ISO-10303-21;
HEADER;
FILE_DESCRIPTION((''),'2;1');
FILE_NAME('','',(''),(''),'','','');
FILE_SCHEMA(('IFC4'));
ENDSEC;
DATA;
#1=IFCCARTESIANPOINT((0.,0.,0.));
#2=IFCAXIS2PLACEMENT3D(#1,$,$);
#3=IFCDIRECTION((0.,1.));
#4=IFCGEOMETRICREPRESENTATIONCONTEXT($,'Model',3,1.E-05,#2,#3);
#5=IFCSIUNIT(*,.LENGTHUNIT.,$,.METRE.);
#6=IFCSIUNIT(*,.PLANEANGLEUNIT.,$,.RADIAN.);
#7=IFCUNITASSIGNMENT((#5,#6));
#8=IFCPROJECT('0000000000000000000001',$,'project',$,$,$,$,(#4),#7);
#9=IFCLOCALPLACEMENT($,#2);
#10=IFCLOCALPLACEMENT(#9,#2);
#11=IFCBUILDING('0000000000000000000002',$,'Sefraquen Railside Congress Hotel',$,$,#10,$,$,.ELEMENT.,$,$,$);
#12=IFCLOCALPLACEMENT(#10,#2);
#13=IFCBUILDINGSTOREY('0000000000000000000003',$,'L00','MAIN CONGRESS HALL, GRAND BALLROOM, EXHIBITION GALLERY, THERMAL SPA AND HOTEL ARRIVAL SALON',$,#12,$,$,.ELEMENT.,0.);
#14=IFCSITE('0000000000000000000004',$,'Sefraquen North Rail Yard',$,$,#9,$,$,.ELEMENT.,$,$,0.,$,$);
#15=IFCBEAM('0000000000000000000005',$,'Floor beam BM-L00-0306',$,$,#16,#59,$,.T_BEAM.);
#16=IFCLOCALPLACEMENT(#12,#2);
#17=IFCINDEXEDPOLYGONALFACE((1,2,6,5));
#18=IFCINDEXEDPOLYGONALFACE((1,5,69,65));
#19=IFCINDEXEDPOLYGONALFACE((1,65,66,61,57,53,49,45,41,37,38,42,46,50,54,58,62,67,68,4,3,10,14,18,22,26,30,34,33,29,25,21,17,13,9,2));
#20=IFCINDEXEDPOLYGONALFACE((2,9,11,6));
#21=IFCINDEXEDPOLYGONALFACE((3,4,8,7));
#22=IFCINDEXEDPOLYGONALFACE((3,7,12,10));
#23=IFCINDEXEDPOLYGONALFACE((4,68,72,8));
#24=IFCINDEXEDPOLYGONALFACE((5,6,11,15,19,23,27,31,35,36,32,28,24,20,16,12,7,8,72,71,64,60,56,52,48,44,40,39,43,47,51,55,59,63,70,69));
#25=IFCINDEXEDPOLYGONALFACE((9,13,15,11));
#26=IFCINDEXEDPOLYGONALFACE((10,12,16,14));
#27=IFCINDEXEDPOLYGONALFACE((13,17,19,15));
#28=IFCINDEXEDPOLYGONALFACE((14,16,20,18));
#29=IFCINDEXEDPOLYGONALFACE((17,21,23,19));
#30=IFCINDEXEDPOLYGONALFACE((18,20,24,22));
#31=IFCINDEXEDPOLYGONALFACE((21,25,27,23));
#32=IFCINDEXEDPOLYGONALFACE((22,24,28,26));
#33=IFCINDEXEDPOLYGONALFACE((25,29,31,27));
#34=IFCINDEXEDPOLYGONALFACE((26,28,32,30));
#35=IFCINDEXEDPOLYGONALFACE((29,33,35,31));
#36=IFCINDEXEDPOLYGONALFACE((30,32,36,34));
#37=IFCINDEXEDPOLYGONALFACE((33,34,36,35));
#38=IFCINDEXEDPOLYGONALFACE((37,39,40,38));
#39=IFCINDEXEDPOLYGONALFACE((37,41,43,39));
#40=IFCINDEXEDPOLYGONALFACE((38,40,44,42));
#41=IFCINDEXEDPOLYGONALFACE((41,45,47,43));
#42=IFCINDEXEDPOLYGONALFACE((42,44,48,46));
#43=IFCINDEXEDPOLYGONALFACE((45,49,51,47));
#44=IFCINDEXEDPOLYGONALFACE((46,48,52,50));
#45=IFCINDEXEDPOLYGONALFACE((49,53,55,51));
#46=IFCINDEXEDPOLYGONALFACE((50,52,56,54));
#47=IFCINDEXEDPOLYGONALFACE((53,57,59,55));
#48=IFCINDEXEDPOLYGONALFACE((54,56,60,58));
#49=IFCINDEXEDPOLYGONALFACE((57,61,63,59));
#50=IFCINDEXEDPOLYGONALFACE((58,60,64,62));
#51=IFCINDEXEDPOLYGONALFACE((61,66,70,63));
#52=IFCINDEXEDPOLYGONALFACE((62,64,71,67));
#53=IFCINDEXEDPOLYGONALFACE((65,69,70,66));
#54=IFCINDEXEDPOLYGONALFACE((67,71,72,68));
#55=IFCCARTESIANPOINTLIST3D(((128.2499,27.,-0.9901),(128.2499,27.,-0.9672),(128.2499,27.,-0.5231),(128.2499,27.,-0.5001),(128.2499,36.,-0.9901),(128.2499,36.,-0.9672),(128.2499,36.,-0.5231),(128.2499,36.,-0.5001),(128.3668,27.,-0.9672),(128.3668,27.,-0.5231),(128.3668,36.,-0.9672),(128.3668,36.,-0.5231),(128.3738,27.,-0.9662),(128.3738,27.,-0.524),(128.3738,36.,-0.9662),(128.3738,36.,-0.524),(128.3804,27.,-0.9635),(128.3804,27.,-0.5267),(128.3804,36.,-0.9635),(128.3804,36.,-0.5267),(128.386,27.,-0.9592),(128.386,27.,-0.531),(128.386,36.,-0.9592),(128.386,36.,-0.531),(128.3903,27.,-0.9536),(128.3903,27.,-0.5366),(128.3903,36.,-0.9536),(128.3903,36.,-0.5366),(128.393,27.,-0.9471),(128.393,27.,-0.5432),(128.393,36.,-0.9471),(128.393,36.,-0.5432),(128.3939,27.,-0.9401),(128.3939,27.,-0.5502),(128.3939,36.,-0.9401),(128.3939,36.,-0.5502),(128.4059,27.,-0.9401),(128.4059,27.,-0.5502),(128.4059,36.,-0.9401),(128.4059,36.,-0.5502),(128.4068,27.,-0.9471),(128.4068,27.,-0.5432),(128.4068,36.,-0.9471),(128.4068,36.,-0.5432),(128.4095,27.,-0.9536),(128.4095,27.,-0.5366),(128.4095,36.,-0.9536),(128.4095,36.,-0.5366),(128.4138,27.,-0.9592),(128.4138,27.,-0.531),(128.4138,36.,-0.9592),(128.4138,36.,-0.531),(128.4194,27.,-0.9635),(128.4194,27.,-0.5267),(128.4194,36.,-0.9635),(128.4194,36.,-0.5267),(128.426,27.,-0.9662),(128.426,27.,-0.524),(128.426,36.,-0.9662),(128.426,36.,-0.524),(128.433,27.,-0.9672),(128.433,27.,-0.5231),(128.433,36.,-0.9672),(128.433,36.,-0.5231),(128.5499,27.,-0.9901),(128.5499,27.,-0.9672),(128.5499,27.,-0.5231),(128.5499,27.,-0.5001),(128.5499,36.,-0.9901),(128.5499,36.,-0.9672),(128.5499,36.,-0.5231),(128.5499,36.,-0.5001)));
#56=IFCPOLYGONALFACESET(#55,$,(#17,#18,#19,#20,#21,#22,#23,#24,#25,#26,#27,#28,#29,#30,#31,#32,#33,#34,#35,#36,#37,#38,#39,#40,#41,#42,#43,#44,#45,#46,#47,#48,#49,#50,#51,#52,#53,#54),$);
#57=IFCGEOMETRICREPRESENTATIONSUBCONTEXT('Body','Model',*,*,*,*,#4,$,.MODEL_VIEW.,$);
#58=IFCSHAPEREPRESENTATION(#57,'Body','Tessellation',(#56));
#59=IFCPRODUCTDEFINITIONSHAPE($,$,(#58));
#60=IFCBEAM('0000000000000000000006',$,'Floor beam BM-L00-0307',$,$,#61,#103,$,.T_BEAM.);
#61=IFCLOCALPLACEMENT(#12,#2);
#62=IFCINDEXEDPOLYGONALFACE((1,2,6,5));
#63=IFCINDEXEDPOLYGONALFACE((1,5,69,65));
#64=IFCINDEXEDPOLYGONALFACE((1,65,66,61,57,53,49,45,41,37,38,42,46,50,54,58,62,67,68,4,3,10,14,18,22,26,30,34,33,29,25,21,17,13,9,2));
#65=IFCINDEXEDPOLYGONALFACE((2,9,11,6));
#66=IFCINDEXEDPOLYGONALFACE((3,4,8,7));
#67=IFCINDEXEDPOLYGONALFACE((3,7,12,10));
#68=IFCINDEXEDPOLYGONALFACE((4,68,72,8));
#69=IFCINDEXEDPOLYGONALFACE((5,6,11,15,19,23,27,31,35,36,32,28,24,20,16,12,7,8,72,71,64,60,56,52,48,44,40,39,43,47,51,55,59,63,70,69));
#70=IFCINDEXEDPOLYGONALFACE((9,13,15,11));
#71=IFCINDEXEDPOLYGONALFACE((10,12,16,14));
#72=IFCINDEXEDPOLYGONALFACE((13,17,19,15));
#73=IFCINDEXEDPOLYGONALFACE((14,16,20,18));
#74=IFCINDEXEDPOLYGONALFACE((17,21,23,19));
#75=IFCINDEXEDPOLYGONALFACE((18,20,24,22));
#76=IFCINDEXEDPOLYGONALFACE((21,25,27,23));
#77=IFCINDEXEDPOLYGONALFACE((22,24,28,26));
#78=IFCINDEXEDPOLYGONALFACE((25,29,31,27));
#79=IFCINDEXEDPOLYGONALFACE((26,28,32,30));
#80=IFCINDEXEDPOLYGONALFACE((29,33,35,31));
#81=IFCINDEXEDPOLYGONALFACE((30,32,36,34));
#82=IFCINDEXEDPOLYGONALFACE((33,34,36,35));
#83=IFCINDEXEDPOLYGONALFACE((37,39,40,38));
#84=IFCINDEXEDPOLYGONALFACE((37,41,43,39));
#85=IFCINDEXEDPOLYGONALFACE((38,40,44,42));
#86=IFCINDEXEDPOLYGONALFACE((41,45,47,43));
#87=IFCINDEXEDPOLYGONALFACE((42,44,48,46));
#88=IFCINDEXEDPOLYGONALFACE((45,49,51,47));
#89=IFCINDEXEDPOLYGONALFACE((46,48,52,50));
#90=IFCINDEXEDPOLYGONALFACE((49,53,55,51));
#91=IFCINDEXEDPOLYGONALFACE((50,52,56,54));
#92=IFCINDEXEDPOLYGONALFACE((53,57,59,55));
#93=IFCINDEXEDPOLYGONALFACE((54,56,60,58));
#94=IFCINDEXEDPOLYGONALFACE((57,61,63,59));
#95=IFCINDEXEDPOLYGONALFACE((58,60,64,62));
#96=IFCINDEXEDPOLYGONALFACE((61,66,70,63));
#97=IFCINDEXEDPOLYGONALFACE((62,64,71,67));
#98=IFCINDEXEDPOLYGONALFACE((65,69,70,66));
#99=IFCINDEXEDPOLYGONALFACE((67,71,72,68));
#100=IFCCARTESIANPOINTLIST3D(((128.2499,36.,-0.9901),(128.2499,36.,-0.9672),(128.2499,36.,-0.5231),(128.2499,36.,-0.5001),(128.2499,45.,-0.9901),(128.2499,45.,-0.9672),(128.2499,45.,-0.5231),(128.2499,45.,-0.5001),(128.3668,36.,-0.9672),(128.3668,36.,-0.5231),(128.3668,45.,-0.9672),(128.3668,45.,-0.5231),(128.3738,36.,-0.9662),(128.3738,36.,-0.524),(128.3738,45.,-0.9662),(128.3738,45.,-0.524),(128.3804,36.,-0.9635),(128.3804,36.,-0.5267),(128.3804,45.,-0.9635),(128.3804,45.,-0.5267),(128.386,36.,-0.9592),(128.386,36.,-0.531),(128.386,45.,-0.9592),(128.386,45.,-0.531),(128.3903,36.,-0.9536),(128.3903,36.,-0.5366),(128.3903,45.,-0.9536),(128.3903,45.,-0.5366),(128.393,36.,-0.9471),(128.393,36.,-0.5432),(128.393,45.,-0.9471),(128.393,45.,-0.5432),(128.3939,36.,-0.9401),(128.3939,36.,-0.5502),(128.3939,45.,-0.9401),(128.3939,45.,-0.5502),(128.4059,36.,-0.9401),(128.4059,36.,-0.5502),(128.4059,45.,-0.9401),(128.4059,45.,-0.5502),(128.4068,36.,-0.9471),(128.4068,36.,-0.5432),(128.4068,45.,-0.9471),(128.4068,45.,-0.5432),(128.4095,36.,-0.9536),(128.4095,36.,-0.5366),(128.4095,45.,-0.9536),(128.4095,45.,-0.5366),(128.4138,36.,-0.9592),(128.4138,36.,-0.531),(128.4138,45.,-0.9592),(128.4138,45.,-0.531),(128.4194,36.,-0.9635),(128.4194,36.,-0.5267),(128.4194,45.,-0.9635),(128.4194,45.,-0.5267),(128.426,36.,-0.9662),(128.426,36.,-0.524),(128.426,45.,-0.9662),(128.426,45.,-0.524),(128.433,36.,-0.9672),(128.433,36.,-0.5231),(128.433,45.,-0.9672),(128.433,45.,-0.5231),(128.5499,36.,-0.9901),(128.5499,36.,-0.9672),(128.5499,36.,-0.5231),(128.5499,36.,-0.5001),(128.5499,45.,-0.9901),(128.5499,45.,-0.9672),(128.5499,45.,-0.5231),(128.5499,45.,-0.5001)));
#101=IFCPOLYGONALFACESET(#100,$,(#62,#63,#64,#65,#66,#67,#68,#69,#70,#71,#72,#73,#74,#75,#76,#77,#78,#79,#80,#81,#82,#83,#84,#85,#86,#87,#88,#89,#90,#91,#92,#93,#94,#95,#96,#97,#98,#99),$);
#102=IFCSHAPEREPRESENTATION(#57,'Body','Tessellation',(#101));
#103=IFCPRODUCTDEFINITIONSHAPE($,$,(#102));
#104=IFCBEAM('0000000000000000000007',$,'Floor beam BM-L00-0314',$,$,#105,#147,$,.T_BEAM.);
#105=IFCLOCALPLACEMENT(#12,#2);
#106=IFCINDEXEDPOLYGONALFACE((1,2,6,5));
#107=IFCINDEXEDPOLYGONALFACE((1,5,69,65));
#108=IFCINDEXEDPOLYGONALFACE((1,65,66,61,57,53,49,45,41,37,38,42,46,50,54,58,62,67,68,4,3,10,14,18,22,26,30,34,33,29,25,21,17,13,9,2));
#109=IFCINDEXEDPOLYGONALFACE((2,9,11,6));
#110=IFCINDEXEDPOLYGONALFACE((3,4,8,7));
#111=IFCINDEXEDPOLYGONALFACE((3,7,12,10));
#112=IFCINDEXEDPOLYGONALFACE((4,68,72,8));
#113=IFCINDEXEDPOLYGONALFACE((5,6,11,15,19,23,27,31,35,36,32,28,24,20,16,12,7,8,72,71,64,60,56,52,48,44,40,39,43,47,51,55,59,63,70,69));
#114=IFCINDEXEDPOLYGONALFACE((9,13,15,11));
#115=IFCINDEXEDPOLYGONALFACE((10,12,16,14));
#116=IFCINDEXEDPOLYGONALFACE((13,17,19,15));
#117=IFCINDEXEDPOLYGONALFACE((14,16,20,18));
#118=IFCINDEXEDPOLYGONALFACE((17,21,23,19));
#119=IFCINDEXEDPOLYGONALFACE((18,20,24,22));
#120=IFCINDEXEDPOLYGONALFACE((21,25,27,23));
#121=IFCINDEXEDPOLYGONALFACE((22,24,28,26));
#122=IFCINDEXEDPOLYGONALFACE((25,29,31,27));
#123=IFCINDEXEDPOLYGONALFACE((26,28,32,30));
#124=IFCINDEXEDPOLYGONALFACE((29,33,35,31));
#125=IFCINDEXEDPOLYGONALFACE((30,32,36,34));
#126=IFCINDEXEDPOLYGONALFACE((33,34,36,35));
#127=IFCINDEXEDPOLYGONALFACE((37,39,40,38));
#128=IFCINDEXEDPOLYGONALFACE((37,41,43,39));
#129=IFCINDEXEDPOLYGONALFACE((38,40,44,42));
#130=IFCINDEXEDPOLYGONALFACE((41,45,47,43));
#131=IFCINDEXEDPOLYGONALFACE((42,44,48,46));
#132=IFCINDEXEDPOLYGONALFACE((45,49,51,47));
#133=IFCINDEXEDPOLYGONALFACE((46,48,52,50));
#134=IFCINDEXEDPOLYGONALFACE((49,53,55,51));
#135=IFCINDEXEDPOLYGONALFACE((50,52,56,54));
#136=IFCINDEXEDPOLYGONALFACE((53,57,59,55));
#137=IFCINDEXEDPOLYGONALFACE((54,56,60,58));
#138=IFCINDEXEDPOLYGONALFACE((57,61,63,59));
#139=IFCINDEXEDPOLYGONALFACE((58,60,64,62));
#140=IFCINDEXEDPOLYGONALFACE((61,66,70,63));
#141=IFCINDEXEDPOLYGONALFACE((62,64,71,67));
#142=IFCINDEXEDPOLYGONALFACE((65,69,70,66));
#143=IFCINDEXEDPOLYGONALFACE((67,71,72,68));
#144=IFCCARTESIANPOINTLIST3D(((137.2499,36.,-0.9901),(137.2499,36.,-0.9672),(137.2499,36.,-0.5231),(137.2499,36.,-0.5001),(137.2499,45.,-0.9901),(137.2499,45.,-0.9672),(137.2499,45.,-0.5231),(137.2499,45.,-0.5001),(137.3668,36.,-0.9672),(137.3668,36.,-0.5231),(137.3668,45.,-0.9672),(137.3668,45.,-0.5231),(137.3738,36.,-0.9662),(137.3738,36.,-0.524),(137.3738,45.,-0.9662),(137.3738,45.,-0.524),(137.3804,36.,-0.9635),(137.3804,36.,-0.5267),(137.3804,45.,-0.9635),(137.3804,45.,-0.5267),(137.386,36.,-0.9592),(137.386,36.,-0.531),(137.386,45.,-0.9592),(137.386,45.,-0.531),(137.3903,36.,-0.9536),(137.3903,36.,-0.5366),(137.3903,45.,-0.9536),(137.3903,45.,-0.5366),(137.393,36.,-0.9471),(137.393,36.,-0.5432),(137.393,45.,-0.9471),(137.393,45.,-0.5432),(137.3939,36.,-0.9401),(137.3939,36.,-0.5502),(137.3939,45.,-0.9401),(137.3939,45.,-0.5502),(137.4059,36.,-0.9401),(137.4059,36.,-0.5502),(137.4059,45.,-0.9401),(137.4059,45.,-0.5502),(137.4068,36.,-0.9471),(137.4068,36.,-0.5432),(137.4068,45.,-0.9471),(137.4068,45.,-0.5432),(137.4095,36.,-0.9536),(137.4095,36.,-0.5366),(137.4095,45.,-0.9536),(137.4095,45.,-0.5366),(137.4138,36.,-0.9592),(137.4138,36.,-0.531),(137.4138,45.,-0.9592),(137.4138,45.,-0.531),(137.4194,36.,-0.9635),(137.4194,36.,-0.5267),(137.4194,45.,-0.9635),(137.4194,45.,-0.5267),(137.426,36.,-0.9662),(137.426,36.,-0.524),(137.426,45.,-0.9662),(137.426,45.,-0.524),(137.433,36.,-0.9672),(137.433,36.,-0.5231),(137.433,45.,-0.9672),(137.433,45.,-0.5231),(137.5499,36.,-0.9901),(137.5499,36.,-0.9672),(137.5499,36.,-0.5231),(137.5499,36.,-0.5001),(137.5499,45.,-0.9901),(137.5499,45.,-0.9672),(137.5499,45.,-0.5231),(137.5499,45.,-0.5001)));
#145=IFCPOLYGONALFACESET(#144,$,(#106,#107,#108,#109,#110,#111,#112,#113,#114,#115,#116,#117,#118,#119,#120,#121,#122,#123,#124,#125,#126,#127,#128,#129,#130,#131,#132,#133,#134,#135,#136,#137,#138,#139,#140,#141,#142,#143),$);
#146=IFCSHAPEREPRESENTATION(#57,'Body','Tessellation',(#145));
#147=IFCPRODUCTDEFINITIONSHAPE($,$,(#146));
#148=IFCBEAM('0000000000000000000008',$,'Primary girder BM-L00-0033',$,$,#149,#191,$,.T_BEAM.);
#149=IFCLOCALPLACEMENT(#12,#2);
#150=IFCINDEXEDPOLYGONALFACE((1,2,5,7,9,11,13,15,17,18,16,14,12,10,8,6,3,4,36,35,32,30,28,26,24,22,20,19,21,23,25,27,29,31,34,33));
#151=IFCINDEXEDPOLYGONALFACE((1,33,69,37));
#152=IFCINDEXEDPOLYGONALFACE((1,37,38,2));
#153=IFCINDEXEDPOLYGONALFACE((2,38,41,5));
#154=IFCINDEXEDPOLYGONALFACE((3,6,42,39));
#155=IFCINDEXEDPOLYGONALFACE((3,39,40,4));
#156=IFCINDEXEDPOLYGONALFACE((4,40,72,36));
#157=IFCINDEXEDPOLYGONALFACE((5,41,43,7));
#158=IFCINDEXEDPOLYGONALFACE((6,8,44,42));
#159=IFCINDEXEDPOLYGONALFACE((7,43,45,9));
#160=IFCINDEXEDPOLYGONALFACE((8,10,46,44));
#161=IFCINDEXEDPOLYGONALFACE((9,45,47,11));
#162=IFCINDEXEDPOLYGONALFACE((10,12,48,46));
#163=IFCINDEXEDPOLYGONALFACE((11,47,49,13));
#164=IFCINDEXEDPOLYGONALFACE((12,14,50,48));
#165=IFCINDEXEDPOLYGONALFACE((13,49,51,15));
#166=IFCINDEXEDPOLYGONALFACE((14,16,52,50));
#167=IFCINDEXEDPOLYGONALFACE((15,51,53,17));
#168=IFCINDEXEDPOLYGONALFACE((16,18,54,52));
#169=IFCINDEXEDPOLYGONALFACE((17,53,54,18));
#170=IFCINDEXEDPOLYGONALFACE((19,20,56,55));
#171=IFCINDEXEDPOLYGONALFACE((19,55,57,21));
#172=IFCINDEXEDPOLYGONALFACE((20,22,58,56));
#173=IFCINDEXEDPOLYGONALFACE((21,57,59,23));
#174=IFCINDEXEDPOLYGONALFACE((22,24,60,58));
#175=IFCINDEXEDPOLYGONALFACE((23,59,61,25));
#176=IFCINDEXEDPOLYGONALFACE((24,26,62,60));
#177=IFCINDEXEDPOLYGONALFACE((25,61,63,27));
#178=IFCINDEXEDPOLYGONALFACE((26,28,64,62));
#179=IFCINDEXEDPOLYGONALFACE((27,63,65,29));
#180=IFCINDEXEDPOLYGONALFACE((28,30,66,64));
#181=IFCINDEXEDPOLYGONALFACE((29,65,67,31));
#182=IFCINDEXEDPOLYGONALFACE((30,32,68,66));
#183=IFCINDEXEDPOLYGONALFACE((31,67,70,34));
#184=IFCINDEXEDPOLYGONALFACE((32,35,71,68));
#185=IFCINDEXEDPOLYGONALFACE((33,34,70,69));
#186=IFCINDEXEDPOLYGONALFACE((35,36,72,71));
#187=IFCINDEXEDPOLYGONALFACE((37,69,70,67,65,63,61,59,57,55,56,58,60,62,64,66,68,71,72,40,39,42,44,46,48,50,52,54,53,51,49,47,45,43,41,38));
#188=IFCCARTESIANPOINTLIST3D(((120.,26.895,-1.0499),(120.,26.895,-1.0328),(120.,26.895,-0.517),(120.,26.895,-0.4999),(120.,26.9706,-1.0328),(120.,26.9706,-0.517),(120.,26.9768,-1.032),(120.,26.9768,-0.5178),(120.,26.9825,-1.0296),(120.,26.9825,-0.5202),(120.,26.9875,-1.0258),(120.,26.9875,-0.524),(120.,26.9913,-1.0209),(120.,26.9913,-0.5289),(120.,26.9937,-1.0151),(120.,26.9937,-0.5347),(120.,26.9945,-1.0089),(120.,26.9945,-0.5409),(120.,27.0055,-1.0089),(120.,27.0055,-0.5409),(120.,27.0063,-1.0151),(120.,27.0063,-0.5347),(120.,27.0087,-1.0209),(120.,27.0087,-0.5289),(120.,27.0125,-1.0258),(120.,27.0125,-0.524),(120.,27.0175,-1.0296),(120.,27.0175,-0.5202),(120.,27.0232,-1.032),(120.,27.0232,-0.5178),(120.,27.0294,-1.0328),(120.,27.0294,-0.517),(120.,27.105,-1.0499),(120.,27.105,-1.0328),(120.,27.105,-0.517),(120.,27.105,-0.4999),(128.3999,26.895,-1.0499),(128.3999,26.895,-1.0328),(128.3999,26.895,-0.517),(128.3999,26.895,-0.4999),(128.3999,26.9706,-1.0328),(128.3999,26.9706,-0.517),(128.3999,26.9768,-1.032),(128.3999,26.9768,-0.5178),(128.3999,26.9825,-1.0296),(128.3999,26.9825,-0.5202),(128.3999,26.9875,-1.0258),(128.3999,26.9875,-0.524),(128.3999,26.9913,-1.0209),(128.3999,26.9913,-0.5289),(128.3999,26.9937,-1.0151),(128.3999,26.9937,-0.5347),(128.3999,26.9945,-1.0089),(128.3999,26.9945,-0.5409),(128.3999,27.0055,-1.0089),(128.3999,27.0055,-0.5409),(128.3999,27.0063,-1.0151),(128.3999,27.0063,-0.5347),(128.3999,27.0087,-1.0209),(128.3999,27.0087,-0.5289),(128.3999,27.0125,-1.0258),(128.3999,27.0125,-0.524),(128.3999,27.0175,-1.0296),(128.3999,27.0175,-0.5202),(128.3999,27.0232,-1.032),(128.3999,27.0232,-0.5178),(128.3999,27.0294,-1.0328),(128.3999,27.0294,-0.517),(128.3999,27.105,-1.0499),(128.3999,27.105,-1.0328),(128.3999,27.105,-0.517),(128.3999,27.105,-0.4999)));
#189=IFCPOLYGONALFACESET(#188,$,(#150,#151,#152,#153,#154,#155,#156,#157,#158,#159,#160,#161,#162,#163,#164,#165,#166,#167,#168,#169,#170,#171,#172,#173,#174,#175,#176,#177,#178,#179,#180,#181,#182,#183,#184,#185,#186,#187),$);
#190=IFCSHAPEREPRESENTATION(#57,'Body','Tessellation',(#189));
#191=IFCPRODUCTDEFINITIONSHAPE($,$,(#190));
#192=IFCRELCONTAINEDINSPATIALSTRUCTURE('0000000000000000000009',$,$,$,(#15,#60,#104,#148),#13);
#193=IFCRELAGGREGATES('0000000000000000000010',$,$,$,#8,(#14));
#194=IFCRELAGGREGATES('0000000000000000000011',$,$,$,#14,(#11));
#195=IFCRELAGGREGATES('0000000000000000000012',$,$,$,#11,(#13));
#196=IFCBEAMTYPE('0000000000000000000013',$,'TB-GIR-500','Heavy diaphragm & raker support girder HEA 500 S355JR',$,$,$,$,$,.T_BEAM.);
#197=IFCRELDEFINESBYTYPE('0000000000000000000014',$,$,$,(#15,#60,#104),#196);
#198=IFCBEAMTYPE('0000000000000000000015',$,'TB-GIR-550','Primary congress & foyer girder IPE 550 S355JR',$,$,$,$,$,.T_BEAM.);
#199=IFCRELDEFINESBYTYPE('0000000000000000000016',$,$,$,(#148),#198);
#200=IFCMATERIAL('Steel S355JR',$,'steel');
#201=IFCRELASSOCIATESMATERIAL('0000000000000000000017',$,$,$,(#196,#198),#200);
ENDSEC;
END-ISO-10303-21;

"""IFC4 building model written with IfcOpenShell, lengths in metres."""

from ifc_helpers import new_model, si_unit, direction, frame, origin, origin_2d, place, context, subcontext, project, spatial, i_section, extrude, material, material_profile, profile_set, type_object, element, save


model = new_model("IFC4")

# Units and contexts
model_context = context("Model", 3, precision=1e-05, world=origin(), true_north=direction((0.0, 1.0)))
body_context = subcontext(model_context, "Body", "Model", "MODEL_VIEW")
ifc_project = project(units=[si_unit("LENGTHUNIT", "METRE"), si_unit("PLANEANGLEUNIT", "RADIAN")], contexts=[model_context])

# Site, building, storey
site_placement = place(None, origin())
site = spatial("IfcSite", under=ifc_project, at=site_placement, Name="Sefraquen North Rail Yard", CompositionType="ELEMENT", RefElevation=0.0)
building_placement = place(site_placement, origin())
building = spatial("IfcBuilding", under=site, at=building_placement, Name="Sefraquen Railside Congress Hotel", CompositionType="ELEMENT")
storey_placement = place(building_placement, origin())
storey = spatial("IfcBuildingStorey", under=building, at=storey_placement, Name="L00", Description="MAIN CONGRESS HALL, GRAND BALLROOM, EXHIBITION GALLERY, THERMAL SPA AND HOTEL ARRIVAL SALON", CompositionType="ELEMENT", Elevation=0.0)

# Shared definitions
ifc_material_1 = material(Name="Steel S355JR", Category="steel")

# Beams
ifc_material_profile_1 = material_profile(ifc_material_1, i_section(OverallWidth=0.3, OverallDepth=0.49, WebThickness=0.012, FlangeThickness=0.0229, FilletRadius=0.0271, at=origin_2d()), Name="HEA 500")
ifc_profile_set_1 = profile_set([ifc_material_profile_1], Name="Steel S355JR")
beam_type_1 = type_object("IfcBeamType", Name="TB-GIR-500", Description="Heavy diaphragm & raker support girder HEA 500 S355JR", PredefinedType="T_BEAM", material=ifc_profile_set_1)
for number, where, z_axis, x_axis, name in (
    (1, (128.3999, 27.0, -0.7451), (0.0, 1.0, 0.0), (-1.0, 0.0, 0.0), "Floor beam BM-L00-0306"),
    (2, (128.3999, 36.0, -0.7451), (0.0, 1.0, 0.0), (-1.0, 0.0, 0.0), "Floor beam BM-L00-0307"),
    (3, (137.3999, 36.0, -0.7451), (0.0, 1.0, 0.0), (-1.0, 0.0, 0.0), "Floor beam BM-L00-0314"),
):
    element("IfcBeam", number, at=place(storey_placement, frame(where, z_axis=z_axis, x_axis=x_axis)), inside=storey, type_object=beam_type_1, Name=name, PredefinedType="T_BEAM", context=body_context, shape_type="SweptSolid", body=[
        extrude(i_section(OverallWidth=0.3, OverallDepth=0.49, WebThickness=0.012, FlangeThickness=0.0229, FilletRadius=0.0271, at=origin_2d()), origin(), (0.0, 0.0, 1.0), 9.0),
    ])
ifc_material_profile_2 = material_profile(ifc_material_1, i_section(OverallWidth=0.21, OverallDepth=0.55, WebThickness=0.011, FlangeThickness=0.0171, FilletRadius=0.0239, at=origin_2d()), Name="IPE 550")
ifc_profile_set_2 = profile_set([ifc_material_profile_2], Name="Steel S355JR")
beam_type_2 = type_object("IfcBeamType", Name="TB-GIR-550", Description="Primary congress & foyer girder IPE 550 S355JR", PredefinedType="T_BEAM", material=ifc_profile_set_2)
for number, where, z_axis, x_axis, name in (
    (4, (120.0, 27.0, -0.7749), (1.0, 0.0, 0.0), (0.0, 1.0, 0.0), "Primary girder BM-L00-0033"),
):
    element("IfcBeam", number, at=place(storey_placement, frame(where, z_axis=z_axis, x_axis=x_axis)), inside=storey, type_object=beam_type_2, Name=name, PredefinedType="T_BEAM", context=body_context, shape_type="SweptSolid", body=[
        extrude(i_section(OverallWidth=0.21, OverallDepth=0.55, WebThickness=0.011, FlangeThickness=0.0171, FilletRadius=0.0239, at=origin_2d()), origin(), (0.0, 0.0, 1.0), 8.3999),
    ])

save(model, "model.ifc")
